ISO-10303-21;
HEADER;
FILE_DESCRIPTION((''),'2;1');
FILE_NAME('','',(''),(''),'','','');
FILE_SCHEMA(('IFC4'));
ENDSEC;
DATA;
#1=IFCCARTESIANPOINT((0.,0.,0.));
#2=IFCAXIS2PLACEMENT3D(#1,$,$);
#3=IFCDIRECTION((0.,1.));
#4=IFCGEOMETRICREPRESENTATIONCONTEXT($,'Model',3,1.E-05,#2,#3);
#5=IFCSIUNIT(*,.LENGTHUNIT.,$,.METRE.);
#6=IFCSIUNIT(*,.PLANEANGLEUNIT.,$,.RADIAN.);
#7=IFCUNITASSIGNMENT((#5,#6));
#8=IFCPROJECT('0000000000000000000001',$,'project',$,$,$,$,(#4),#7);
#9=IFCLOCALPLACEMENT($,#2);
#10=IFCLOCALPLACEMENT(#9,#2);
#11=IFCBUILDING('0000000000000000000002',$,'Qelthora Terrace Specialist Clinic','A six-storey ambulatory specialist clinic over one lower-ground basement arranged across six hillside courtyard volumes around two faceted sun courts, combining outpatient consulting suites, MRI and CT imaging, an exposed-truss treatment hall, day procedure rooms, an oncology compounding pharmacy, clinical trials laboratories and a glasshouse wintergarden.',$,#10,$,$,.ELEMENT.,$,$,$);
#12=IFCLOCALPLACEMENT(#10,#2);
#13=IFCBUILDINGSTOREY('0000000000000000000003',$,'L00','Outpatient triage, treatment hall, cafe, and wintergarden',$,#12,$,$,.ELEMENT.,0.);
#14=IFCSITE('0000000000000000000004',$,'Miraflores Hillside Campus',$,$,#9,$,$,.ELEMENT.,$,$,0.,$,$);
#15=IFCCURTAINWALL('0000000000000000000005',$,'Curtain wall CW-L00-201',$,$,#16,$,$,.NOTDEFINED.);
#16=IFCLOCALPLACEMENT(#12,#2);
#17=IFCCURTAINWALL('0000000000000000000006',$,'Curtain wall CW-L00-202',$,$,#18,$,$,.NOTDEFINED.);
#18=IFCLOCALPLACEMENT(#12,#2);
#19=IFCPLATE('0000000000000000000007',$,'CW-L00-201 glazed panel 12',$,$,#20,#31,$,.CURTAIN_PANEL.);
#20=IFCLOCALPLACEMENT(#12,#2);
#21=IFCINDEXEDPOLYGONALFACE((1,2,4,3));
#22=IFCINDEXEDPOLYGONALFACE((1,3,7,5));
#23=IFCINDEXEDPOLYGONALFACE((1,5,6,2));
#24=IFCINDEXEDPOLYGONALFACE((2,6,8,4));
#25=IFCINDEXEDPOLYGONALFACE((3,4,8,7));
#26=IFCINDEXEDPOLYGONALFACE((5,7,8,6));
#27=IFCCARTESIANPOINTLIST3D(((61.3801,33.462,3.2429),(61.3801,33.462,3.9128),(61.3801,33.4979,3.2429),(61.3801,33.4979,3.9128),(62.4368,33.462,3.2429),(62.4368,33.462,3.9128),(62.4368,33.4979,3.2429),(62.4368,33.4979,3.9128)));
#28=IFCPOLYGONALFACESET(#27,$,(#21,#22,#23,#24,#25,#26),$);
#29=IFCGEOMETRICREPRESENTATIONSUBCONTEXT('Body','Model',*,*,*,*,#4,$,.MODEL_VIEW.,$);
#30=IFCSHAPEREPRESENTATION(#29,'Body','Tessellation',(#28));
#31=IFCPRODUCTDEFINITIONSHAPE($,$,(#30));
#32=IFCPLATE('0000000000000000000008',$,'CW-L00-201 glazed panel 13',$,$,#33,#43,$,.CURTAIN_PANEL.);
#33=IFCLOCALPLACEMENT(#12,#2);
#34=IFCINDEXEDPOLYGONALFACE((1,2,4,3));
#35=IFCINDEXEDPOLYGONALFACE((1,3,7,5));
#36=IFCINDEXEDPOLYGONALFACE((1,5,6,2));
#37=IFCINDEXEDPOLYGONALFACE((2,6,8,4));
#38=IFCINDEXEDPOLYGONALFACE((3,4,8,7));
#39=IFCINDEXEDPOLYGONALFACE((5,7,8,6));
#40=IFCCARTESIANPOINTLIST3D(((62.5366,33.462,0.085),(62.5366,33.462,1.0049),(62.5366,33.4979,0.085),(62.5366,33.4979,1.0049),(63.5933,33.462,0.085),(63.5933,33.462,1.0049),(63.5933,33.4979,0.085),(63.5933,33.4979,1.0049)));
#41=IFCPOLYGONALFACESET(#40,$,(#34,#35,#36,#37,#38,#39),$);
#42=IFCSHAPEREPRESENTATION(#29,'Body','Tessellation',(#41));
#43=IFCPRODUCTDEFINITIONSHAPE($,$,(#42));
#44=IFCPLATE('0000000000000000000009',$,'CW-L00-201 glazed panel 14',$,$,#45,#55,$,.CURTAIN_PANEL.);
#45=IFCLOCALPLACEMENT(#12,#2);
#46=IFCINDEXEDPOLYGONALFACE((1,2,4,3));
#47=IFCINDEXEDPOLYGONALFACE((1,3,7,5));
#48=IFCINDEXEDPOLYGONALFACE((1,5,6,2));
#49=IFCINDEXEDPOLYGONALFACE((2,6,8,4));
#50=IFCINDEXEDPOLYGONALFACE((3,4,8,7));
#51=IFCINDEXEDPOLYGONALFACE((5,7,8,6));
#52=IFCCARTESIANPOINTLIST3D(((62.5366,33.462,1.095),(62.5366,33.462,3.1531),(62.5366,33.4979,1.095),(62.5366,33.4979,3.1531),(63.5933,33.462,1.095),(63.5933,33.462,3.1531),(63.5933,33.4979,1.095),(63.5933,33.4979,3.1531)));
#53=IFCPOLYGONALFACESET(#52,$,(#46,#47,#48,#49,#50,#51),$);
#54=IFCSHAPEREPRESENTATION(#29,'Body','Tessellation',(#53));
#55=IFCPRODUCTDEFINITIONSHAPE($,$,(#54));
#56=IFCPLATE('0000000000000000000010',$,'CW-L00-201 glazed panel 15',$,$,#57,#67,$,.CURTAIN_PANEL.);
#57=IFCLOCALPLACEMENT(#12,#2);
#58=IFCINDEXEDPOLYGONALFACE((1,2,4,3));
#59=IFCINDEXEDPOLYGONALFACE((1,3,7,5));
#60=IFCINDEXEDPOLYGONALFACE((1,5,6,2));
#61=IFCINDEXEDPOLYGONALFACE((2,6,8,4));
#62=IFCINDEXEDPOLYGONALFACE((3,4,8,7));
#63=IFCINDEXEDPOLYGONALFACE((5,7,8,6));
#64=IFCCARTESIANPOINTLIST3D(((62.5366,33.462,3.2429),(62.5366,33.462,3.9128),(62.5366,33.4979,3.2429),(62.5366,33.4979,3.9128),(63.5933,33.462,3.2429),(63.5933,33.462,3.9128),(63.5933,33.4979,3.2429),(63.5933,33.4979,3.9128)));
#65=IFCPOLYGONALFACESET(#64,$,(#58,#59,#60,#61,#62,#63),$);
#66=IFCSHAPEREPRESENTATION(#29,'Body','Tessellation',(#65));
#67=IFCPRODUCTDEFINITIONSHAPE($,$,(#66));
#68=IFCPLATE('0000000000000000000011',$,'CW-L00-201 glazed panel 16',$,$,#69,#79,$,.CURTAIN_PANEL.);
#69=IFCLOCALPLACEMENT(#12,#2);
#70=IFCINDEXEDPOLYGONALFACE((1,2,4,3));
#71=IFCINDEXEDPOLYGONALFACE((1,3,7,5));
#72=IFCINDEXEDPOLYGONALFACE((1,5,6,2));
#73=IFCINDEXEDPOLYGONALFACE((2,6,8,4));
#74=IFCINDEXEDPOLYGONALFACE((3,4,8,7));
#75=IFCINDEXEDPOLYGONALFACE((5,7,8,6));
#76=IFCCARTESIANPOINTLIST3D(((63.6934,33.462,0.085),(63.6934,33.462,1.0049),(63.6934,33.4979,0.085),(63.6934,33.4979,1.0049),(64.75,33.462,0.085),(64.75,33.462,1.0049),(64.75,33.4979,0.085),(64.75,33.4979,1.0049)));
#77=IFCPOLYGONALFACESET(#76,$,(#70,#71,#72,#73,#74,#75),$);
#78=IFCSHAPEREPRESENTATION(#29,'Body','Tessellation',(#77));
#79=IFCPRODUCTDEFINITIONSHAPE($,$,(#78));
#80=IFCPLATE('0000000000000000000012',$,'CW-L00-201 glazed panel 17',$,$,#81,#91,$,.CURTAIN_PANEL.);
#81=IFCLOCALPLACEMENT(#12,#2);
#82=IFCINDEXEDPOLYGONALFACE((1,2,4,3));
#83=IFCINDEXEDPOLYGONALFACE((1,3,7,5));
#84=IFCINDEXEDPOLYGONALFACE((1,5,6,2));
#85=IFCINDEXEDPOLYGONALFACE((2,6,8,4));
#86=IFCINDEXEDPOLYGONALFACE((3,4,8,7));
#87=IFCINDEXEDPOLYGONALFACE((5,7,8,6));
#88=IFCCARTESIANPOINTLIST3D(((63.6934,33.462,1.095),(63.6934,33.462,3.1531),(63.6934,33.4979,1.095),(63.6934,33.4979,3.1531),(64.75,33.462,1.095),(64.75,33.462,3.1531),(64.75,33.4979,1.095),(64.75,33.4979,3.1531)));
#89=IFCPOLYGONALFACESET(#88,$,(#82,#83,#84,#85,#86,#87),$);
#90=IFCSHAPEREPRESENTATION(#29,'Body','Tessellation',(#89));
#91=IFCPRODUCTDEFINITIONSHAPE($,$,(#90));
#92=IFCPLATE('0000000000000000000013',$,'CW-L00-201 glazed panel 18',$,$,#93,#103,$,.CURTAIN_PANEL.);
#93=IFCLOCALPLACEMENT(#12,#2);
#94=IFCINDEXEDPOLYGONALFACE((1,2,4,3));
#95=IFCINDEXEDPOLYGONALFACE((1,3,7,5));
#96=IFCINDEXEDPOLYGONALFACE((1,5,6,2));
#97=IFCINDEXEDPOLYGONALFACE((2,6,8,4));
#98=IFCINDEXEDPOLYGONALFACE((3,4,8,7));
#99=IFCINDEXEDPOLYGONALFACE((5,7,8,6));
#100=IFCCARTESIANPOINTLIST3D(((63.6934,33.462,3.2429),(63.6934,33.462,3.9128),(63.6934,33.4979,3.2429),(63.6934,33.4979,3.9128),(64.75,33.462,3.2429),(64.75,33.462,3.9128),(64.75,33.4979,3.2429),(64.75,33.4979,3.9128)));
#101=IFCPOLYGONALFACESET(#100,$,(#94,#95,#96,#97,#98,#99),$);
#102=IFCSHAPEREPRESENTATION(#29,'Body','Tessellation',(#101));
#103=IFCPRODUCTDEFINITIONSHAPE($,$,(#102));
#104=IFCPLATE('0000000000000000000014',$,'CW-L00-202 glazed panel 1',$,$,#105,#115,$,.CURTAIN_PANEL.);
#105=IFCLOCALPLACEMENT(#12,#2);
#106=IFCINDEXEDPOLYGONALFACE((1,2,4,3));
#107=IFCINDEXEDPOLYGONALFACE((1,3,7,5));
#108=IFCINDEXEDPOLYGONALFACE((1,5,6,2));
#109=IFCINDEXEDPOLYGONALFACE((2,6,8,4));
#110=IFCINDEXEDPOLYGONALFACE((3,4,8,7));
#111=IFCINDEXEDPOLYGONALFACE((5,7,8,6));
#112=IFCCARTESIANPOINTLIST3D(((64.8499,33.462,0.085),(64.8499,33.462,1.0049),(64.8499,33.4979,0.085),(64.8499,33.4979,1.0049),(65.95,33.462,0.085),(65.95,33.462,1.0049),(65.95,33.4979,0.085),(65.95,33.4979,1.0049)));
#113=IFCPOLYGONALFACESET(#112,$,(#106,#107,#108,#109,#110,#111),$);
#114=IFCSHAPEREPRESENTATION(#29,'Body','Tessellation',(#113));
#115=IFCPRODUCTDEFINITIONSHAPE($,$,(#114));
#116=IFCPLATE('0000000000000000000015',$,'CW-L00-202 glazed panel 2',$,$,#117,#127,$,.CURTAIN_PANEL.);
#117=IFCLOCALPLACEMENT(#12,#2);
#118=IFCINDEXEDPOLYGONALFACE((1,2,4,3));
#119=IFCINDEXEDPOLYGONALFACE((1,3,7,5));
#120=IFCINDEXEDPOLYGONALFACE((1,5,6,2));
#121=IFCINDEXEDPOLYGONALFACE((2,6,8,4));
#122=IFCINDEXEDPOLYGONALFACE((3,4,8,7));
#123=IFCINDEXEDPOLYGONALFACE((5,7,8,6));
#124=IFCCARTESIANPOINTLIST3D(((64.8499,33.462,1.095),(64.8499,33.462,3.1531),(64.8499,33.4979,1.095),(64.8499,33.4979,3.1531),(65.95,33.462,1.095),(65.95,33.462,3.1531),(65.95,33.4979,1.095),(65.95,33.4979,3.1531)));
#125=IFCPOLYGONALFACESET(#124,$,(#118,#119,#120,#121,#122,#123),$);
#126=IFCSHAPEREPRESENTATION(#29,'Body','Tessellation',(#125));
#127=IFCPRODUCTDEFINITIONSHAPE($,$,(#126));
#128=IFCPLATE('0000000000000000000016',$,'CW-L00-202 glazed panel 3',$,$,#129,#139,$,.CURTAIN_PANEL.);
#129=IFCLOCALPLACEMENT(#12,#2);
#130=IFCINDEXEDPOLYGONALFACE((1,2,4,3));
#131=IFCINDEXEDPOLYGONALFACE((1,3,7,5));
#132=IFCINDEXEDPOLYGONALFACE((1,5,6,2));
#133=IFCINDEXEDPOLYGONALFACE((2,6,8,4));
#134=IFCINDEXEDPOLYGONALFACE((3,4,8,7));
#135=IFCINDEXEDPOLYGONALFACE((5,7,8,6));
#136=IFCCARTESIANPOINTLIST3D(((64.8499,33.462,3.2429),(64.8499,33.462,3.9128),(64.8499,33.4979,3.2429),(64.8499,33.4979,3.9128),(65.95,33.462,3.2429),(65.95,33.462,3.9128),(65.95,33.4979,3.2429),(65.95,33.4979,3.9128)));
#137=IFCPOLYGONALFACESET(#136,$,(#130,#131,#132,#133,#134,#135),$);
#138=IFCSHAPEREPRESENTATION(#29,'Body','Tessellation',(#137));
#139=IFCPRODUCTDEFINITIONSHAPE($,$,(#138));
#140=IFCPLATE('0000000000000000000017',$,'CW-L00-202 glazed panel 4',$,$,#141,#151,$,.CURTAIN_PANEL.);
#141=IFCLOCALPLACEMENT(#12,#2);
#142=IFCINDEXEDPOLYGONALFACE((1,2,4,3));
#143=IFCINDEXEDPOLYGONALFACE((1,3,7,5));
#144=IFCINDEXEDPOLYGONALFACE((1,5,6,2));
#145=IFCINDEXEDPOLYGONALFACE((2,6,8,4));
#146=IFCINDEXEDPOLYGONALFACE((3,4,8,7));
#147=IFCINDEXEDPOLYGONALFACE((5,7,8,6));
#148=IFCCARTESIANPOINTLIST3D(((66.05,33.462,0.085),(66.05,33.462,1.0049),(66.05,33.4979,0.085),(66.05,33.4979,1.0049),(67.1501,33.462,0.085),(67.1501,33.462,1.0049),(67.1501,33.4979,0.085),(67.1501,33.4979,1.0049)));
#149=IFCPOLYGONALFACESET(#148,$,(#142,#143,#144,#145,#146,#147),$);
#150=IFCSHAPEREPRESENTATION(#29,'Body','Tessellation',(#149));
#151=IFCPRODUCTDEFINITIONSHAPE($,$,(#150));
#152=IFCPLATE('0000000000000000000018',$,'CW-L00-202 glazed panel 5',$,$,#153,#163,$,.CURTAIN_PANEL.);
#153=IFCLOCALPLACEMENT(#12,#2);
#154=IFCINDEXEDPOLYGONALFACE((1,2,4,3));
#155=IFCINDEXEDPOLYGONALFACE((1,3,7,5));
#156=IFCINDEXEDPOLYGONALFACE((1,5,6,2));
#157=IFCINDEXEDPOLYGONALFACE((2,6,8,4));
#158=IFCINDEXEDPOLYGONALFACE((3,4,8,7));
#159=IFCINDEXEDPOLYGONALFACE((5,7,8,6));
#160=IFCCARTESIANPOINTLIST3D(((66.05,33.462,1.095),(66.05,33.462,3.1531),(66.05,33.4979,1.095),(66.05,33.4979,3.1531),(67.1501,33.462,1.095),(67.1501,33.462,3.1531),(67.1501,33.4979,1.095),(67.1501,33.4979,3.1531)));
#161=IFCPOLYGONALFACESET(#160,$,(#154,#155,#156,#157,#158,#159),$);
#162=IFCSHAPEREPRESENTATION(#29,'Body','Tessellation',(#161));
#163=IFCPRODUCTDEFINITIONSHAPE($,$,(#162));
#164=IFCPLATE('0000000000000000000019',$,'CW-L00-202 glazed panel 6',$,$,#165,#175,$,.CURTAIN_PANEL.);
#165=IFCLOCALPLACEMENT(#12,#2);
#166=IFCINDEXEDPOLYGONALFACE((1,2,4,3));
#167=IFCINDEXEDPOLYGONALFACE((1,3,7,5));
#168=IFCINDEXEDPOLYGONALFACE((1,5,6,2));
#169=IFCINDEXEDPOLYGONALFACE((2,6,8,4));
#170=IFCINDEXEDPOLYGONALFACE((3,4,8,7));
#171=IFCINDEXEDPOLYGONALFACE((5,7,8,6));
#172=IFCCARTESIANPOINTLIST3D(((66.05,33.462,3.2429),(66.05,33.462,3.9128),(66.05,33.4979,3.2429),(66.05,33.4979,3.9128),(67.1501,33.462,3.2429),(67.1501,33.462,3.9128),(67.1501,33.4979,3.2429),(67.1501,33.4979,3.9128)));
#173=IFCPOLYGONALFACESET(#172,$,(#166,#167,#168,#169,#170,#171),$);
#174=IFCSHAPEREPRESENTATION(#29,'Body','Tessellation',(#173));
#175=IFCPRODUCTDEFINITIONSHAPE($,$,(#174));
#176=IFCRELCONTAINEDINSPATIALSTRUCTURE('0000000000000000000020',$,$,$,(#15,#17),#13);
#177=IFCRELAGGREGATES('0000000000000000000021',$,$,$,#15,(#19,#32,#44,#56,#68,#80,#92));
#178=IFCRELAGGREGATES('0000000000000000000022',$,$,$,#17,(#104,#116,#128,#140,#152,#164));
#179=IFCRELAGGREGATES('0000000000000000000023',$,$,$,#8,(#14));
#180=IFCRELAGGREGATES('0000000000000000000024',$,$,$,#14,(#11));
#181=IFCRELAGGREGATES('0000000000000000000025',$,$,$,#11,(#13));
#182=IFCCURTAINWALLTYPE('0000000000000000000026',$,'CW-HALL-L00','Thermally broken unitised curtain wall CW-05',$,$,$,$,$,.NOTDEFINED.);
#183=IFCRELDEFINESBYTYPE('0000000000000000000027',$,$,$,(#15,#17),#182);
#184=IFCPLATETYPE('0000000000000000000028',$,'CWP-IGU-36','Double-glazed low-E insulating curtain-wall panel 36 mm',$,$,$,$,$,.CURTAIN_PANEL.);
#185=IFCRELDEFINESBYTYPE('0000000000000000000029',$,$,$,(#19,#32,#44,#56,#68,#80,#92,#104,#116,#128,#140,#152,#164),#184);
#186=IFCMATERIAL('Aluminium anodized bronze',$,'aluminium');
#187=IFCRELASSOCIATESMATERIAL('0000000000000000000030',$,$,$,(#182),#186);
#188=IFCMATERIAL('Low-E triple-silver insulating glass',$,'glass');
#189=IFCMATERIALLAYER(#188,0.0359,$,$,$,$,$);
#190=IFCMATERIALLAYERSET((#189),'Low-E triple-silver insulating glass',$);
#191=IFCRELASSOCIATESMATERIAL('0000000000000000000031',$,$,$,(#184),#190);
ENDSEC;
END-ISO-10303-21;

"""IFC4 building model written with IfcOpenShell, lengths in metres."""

from ifc_helpers import new_model, si_unit, direction, frame, origin, origin_2d, place, context, subcontext, project, spatial, rectangle, extrude, material, layer, layer_set, type_object, element, aggregate, save


model = new_model("IFC4")

# Units and contexts
model_context = context("Model", 3, precision=1e-05, world=origin(), true_north=direction((0.0, 1.0)))
body_context = subcontext(model_context, "Body", "Model", "MODEL_VIEW")
ifc_project = project(units=[si_unit("LENGTHUNIT", "METRE"), si_unit("PLANEANGLEUNIT", "RADIAN")], contexts=[model_context])

# Site, building, storey
site_placement = place(None, origin())
site = spatial("IfcSite", under=ifc_project, at=site_placement, Name="Miraflores Hillside Campus", CompositionType="ELEMENT", RefElevation=0.0)
building_placement = place(site_placement, origin())
building = spatial("IfcBuilding", under=site, at=building_placement, Name="Qelthora Terrace Specialist Clinic", Description="A six-storey ambulatory specialist clinic over one lower-ground basement arranged across six hillside courtyard volumes around two faceted sun courts, combining outpatient consulting suites, MRI and CT imaging, an exposed-truss treatment hall, day procedure rooms, an oncology compounding pharmacy, clinical trials laboratories and a glasshouse wintergarden.", CompositionType="ELEMENT")
storey_placement = place(building_placement, origin())
storey = spatial("IfcBuildingStorey", under=building, at=storey_placement, Name="L00", Description="Outpatient triage, treatment hall, cafe, and wintergarden", CompositionType="ELEMENT", Elevation=0.0)

# Curtain walls
ifc_material_1 = material(Name="Aluminium anodized bronze", Category="aluminium")
curtain_wall_type = type_object("IfcCurtainWallType", Name="CW-HALL-L00", Description="Thermally broken unitised curtain wall CW-05", PredefinedType="NOTDEFINED", material=ifc_material_1)
curtain_wall_1_placement = place(storey_placement, origin())
curtain_wall_1 = element("IfcCurtainWall", 1, at=curtain_wall_1_placement, inside=storey, type_object=curtain_wall_type, Name="Curtain wall CW-L00-201", PredefinedType="NOTDEFINED")
curtain_wall_2_placement = place(storey_placement, origin())
curtain_wall_2 = element("IfcCurtainWall", 2, at=curtain_wall_2_placement, inside=storey, type_object=curtain_wall_type, Name="Curtain wall CW-L00-202", PredefinedType="NOTDEFINED")

# Plates
ifc_material_2 = material(Name="Low-E triple-silver insulating glass", Category="glass")
ifc_layer = layer(ifc_material_2, 0.0359)
ifc_layer_set = layer_set([ifc_layer], Name="Low-E triple-silver insulating glass")
plate_type = type_object("IfcPlateType", Name="CWP-IGU-36", Description="Double-glazed low-E insulating curtain-wall panel 36 mm", PredefinedType="CURTAIN_PANEL", material=ifc_layer_set)
plate_1_placement = place(storey_placement, frame((61.9084, 33.48, 3.2429), z_axis=(0.0, 0.0, 1.0), x_axis=(1.0, 0.0, 0.0)))
plate_1 = element("IfcPlate", 3, at=plate_1_placement, type_object=plate_type, Name="CW-L00-201 glazed panel 12", PredefinedType="CURTAIN_PANEL", context=body_context, shape_type="SweptSolid", body=[
    extrude(rectangle(XDim=1.0566, YDim=0.0359, at=origin_2d()), origin(), (0.0, 0.0, 1.0), 0.6699),
])
plate_2_placement = place(storey_placement, frame((63.0649, 33.48, 0.085), z_axis=(0.0, 0.0, 1.0), x_axis=(1.0, 0.0, 0.0)))
plate_2 = element("IfcPlate", 4, at=plate_2_placement, type_object=plate_type, Name="CW-L00-201 glazed panel 13", PredefinedType="CURTAIN_PANEL", context=body_context, shape_type="SweptSolid", body=[
    extrude(rectangle(XDim=1.0566, YDim=0.0359, at=origin_2d()), origin(), (0.0, 0.0, 1.0), 0.9199),
])
plate_3_placement = place(storey_placement, frame((63.0649, 33.48, 1.095), z_axis=(0.0, 0.0, 1.0), x_axis=(1.0, 0.0, 0.0)))
plate_3 = element("IfcPlate", 5, at=plate_3_placement, type_object=plate_type, Name="CW-L00-201 glazed panel 14", PredefinedType="CURTAIN_PANEL", context=body_context, shape_type="SweptSolid", body=[
    extrude(rectangle(XDim=1.0566, YDim=0.0359, at=origin_2d()), origin(), (0.0, 0.0, 1.0), 2.0581),
])
plate_4_placement = place(storey_placement, frame((63.0649, 33.48, 3.2429), z_axis=(0.0, 0.0, 1.0), x_axis=(1.0, 0.0, 0.0)))
plate_4 = element("IfcPlate", 6, at=plate_4_placement, type_object=plate_type, Name="CW-L00-201 glazed panel 15", PredefinedType="CURTAIN_PANEL", context=body_context, shape_type="SweptSolid", body=[
    extrude(rectangle(XDim=1.0566, YDim=0.0359, at=origin_2d()), origin(), (0.0, 0.0, 1.0), 0.6699),
])
plate_5_placement = place(storey_placement, frame((64.2217, 33.48, 0.085), z_axis=(0.0, 0.0, 1.0), x_axis=(1.0, 0.0, 0.0)))
plate_5 = element("IfcPlate", 7, at=plate_5_placement, type_object=plate_type, Name="CW-L00-201 glazed panel 16", PredefinedType="CURTAIN_PANEL", context=body_context, shape_type="SweptSolid", body=[
    extrude(rectangle(XDim=1.0566, YDim=0.0359, at=origin_2d()), origin(), (0.0, 0.0, 1.0), 0.9199),
])
plate_6_placement = place(storey_placement, frame((64.2217, 33.48, 1.095), z_axis=(0.0, 0.0, 1.0), x_axis=(1.0, 0.0, 0.0)))
plate_6 = element("IfcPlate", 8, at=plate_6_placement, type_object=plate_type, Name="CW-L00-201 glazed panel 17", PredefinedType="CURTAIN_PANEL", context=body_context, shape_type="SweptSolid", body=[
    extrude(rectangle(XDim=1.0566, YDim=0.0359, at=origin_2d()), origin(), (0.0, 0.0, 1.0), 2.0581),
])
plate_7_placement = place(storey_placement, frame((64.2217, 33.48, 3.2429), z_axis=(0.0, 0.0, 1.0), x_axis=(1.0, 0.0, 0.0)))
plate_7 = element("IfcPlate", 9, at=plate_7_placement, type_object=plate_type, Name="CW-L00-201 glazed panel 18", PredefinedType="CURTAIN_PANEL", context=body_context, shape_type="SweptSolid", body=[
    extrude(rectangle(XDim=1.0566, YDim=0.0359, at=origin_2d()), origin(), (0.0, 0.0, 1.0), 0.6699),
])
aggregate(curtain_wall_1, [plate_1, plate_2, plate_3, plate_4, plate_5, plate_6, plate_7])
plate_8_placement = place(storey_placement, frame((65.3999, 33.48, 0.085), z_axis=(0.0, 0.0, 1.0), x_axis=(1.0, 0.0, 0.0)))
plate_8 = element("IfcPlate", 10, at=plate_8_placement, type_object=plate_type, Name="CW-L00-202 glazed panel 1", PredefinedType="CURTAIN_PANEL", context=body_context, shape_type="SweptSolid", body=[
    extrude(rectangle(XDim=1.1001, YDim=0.0359, at=origin_2d()), origin(), (0.0, 0.0, 1.0), 0.9199),
])
plate_9_placement = place(storey_placement, frame((65.3999, 33.48, 1.095), z_axis=(0.0, 0.0, 1.0), x_axis=(1.0, 0.0, 0.0)))
plate_9 = element("IfcPlate", 11, at=plate_9_placement, type_object=plate_type, Name="CW-L00-202 glazed panel 2", PredefinedType="CURTAIN_PANEL", context=body_context, shape_type="SweptSolid", body=[
    extrude(rectangle(XDim=1.1001, YDim=0.0359, at=origin_2d()), origin(), (0.0, 0.0, 1.0), 2.0581),
])
plate_10_placement = place(storey_placement, frame((65.3999, 33.48, 3.2429), z_axis=(0.0, 0.0, 1.0), x_axis=(1.0, 0.0, 0.0)))
plate_10 = element("IfcPlate", 12, at=plate_10_placement, type_object=plate_type, Name="CW-L00-202 glazed panel 3", PredefinedType="CURTAIN_PANEL", context=body_context, shape_type="SweptSolid", body=[
    extrude(rectangle(XDim=1.1001, YDim=0.0359, at=origin_2d()), origin(), (0.0, 0.0, 1.0), 0.6699),
])
plate_11_placement = place(storey_placement, frame((66.6001, 33.48, 0.085), z_axis=(0.0, 0.0, 1.0), x_axis=(1.0, 0.0, 0.0)))
plate_11 = element("IfcPlate", 13, at=plate_11_placement, type_object=plate_type, Name="CW-L00-202 glazed panel 4", PredefinedType="CURTAIN_PANEL", context=body_context, shape_type="SweptSolid", body=[
    extrude(rectangle(XDim=1.1001, YDim=0.0359, at=origin_2d()), origin(), (0.0, 0.0, 1.0), 0.9199),
])
plate_12_placement = place(storey_placement, frame((66.6001, 33.48, 1.095), z_axis=(0.0, 0.0, 1.0), x_axis=(1.0, 0.0, 0.0)))
plate_12 = element("IfcPlate", 14, at=plate_12_placement, type_object=plate_type, Name="CW-L00-202 glazed panel 5", PredefinedType="CURTAIN_PANEL", context=body_context, shape_type="SweptSolid", body=[
    extrude(rectangle(XDim=1.1001, YDim=0.0359, at=origin_2d()), origin(), (0.0, 0.0, 1.0), 2.0581),
])
plate_13_placement = place(storey_placement, frame((66.6001, 33.48, 3.2429), z_axis=(0.0, 0.0, 1.0), x_axis=(1.0, 0.0, 0.0)))
plate_13 = element("IfcPlate", 15, at=plate_13_placement, type_object=plate_type, Name="CW-L00-202 glazed panel 6", PredefinedType="CURTAIN_PANEL", context=body_context, shape_type="SweptSolid", body=[
    extrude(rectangle(XDim=1.1001, YDim=0.0359, at=origin_2d()), origin(), (0.0, 0.0, 1.0), 0.6699),
])
aggregate(curtain_wall_2, [plate_8, plate_9, plate_10, plate_11, plate_12, plate_13])

save(model, "model.ifc")
